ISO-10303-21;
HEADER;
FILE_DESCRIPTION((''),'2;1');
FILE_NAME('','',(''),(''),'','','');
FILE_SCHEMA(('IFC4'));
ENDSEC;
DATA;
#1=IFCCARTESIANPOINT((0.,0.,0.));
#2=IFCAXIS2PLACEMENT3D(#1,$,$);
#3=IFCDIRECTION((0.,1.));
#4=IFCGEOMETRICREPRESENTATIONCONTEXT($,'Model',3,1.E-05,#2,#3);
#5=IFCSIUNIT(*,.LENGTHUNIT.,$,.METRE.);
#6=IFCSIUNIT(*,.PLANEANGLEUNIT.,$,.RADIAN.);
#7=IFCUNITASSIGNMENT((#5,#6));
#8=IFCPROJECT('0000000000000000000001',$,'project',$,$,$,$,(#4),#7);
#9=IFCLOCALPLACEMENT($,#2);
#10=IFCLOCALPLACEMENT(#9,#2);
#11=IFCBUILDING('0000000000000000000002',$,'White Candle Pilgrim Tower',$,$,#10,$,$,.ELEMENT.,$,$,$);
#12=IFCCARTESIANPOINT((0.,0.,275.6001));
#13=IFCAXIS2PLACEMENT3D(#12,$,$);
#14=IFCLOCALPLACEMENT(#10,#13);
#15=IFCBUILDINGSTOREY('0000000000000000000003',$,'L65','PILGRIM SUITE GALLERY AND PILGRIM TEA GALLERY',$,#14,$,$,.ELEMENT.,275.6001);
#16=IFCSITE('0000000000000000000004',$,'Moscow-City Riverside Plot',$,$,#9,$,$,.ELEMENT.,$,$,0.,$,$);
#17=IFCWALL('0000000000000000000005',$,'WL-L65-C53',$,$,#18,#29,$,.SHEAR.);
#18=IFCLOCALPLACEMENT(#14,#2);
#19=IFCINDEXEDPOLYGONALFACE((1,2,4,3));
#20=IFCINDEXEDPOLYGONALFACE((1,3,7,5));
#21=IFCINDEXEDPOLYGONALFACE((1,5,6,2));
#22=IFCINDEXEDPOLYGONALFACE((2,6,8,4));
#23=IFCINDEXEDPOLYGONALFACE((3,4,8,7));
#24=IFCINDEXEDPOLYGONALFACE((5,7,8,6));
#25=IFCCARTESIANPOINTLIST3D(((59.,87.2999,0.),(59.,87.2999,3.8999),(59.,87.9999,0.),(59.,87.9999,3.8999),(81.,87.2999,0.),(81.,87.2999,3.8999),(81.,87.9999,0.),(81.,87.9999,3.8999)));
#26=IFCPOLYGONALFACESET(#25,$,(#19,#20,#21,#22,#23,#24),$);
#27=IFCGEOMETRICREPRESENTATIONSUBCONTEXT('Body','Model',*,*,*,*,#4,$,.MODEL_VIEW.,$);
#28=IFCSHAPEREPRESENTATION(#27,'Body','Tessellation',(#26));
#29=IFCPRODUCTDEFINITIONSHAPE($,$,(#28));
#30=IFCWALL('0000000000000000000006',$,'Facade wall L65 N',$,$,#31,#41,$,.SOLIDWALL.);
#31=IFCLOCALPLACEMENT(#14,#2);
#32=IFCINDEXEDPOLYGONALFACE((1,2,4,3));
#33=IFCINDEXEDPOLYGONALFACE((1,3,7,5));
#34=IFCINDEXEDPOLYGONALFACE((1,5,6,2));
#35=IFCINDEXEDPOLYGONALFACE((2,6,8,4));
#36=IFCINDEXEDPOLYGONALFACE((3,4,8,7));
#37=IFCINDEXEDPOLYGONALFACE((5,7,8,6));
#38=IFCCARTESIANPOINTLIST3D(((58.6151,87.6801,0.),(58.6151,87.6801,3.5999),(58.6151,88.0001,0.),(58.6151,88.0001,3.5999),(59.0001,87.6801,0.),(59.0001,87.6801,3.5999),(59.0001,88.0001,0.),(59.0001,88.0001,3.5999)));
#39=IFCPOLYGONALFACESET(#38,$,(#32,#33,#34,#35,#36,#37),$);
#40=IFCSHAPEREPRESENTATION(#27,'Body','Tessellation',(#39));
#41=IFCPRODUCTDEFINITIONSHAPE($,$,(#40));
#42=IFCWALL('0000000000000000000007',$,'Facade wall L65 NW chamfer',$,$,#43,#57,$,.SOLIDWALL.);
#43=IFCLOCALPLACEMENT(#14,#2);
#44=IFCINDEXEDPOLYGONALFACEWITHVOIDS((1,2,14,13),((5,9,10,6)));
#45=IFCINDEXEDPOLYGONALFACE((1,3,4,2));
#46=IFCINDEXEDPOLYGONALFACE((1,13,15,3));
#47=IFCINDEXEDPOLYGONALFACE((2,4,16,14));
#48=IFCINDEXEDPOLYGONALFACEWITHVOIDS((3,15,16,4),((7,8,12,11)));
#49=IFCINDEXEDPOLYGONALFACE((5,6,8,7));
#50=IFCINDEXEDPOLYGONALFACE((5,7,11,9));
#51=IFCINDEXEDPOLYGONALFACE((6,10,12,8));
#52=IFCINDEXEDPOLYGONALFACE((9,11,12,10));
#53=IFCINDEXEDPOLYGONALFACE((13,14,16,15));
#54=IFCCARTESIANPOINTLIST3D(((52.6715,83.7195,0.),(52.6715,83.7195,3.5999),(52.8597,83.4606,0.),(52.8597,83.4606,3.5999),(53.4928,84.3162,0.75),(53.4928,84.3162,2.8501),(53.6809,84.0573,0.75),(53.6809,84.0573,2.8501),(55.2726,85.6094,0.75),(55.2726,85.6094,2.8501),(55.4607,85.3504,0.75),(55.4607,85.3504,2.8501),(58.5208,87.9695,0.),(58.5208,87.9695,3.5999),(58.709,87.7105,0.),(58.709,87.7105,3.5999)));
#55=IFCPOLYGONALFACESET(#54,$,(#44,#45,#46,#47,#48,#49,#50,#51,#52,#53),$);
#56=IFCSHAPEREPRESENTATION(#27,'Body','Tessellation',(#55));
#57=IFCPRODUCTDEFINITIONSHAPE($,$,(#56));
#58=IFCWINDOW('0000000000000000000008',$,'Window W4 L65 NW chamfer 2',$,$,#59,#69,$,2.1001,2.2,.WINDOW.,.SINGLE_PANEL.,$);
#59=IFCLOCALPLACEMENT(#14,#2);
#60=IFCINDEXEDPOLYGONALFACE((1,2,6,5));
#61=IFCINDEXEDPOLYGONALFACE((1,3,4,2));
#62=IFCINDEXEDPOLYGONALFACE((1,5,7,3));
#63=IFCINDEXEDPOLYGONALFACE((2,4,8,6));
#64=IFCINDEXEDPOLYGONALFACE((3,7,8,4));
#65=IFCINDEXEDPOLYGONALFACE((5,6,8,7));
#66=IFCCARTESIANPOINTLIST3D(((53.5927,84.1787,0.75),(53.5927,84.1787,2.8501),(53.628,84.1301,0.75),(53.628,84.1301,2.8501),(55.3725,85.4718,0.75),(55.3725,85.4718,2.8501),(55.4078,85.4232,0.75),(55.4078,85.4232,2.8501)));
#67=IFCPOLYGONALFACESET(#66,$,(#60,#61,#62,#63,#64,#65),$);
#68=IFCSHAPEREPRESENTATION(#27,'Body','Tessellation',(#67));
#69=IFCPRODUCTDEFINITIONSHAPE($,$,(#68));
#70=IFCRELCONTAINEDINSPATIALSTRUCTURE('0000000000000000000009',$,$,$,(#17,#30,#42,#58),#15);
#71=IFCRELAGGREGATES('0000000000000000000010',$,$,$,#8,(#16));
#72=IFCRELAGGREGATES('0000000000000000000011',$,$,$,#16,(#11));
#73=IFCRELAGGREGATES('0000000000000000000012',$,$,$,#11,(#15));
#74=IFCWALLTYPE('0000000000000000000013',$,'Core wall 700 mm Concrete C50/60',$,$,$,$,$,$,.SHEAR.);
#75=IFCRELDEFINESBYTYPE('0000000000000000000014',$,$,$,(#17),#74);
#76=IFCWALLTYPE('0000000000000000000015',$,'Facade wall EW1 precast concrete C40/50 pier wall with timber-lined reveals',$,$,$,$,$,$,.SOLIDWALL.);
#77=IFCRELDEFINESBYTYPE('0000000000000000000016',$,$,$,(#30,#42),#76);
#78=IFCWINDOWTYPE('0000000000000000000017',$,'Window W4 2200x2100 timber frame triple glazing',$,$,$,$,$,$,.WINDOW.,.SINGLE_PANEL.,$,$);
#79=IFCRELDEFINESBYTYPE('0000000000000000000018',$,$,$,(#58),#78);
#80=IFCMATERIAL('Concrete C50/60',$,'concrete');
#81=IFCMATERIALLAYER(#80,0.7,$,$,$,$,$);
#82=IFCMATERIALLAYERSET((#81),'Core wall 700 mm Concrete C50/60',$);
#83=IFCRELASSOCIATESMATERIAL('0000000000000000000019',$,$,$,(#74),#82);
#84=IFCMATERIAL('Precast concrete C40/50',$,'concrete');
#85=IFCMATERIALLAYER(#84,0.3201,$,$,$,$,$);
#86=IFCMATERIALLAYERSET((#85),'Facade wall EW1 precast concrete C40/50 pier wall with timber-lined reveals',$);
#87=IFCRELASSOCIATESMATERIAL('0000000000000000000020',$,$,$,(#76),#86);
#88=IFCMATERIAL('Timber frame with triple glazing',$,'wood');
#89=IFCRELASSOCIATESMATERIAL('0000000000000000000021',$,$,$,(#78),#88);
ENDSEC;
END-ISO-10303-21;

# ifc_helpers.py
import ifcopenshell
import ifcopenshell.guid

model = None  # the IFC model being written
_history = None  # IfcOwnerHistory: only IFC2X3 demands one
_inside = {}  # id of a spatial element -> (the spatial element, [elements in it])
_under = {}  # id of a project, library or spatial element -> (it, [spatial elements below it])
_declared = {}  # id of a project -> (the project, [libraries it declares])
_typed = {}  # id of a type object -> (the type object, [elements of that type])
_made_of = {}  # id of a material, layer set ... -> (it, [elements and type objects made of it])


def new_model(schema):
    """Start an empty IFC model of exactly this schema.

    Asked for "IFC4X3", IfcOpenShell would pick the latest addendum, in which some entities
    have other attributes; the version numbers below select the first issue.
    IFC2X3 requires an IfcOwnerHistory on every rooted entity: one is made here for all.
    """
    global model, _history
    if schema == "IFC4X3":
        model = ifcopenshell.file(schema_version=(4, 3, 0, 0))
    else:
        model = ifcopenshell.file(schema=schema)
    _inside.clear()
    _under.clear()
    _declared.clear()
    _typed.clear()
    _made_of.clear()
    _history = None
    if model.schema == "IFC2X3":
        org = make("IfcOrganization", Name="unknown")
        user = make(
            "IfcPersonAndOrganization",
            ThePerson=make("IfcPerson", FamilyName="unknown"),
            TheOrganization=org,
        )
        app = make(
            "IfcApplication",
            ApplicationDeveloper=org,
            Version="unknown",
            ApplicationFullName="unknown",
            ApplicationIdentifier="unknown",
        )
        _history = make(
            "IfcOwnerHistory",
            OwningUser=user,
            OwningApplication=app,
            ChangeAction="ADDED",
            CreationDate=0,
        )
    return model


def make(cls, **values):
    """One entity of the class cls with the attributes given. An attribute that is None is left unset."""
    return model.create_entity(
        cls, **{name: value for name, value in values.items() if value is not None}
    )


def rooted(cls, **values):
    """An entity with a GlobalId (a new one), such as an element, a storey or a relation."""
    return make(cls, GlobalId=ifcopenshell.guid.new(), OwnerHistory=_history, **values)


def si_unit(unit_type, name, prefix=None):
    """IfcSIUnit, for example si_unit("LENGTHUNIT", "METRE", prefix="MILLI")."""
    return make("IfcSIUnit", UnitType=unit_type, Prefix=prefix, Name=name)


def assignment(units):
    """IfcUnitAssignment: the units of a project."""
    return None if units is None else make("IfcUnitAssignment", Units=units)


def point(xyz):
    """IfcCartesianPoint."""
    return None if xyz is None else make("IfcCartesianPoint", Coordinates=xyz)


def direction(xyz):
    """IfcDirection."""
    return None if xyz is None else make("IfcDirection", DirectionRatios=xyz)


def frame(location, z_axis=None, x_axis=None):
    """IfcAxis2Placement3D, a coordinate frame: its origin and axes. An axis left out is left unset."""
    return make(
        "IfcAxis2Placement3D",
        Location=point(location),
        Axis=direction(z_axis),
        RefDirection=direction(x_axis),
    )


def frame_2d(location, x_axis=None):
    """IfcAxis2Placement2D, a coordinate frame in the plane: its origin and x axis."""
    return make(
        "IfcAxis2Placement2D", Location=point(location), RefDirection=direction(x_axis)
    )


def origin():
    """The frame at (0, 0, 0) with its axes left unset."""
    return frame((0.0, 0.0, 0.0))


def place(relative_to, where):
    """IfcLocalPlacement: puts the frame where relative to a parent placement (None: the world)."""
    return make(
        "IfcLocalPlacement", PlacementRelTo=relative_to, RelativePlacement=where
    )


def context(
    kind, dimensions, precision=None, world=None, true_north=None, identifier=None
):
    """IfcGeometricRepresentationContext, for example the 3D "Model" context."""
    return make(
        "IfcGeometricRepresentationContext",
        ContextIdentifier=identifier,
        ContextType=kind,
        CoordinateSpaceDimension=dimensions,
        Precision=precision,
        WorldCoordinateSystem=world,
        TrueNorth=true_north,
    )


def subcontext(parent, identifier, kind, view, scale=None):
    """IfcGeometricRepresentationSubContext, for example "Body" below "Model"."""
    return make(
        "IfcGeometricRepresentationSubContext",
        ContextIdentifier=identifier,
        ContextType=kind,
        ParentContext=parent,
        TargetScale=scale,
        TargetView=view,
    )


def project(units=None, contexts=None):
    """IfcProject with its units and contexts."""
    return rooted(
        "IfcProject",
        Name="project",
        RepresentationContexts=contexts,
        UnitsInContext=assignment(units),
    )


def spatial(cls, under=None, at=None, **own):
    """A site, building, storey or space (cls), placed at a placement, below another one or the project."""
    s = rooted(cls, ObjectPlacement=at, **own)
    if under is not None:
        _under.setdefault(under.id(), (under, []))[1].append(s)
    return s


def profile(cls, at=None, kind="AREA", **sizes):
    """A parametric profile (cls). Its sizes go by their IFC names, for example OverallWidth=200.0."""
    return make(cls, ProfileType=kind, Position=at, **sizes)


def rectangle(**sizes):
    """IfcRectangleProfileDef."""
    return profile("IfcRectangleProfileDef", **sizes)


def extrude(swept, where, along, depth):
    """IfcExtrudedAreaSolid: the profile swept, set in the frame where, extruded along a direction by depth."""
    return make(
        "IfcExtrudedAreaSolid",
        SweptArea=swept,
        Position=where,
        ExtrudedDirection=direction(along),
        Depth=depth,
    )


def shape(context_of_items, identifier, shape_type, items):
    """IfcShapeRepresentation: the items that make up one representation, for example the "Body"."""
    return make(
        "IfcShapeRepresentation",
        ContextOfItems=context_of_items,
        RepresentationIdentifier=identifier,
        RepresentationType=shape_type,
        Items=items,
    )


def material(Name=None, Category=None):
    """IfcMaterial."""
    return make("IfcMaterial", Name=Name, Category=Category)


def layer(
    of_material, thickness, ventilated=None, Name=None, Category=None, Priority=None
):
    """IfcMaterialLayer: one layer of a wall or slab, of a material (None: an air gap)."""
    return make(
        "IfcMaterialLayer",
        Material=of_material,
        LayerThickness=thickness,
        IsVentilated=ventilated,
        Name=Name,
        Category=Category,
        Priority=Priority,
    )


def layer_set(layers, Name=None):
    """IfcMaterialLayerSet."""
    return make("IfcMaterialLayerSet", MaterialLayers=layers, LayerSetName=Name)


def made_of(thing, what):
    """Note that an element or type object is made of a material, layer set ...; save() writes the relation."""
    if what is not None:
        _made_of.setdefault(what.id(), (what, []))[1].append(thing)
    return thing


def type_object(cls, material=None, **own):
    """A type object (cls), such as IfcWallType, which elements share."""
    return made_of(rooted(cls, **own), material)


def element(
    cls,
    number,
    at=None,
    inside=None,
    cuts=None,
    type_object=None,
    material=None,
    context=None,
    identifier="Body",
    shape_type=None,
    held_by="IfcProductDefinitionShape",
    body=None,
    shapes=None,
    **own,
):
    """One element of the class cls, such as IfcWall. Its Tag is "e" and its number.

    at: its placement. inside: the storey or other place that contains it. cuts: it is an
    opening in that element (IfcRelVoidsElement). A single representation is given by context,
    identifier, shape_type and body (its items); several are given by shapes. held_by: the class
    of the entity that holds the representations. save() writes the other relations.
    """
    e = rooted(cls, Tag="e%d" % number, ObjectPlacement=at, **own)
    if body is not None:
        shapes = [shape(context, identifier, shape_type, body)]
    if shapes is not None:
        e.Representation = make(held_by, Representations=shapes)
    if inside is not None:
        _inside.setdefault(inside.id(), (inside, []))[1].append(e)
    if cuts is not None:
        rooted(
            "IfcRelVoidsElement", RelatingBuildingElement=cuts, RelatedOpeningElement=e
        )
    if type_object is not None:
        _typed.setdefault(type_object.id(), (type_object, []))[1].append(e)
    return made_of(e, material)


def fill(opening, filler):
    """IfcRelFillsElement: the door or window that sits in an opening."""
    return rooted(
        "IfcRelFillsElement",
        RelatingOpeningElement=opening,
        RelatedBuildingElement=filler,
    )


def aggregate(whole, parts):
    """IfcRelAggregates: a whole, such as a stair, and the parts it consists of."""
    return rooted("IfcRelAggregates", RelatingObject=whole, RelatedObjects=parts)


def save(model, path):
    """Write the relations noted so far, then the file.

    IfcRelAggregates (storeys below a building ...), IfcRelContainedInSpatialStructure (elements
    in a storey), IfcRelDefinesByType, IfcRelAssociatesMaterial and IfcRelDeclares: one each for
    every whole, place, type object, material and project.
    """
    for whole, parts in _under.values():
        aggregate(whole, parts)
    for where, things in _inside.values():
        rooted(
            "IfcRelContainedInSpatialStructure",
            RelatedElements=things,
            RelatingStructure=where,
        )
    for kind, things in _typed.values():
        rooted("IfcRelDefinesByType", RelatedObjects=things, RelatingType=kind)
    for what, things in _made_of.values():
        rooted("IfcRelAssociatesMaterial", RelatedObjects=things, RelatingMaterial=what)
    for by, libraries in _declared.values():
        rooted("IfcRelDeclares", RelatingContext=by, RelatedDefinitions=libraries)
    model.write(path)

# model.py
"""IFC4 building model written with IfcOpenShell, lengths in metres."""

from ifc_helpers import new_model, si_unit, direction, frame, frame_2d, origin, place, context, subcontext, project, spatial, rectangle, extrude, material, layer, layer_set, type_object, element, fill, save


model = new_model("IFC4")

# Units and contexts
model_context = context("Model", 3, precision=1e-05, world=origin(), true_north=direction((0.0, 1.0)))
body_context = subcontext(model_context, "Body", "Model", "MODEL_VIEW")
ifc_project = project(units=[si_unit("LENGTHUNIT", "METRE"), si_unit("PLANEANGLEUNIT", "RADIAN")], contexts=[model_context])

# Site, building, storey
site_placement = place(None, origin())
site = spatial("IfcSite", under=ifc_project, at=site_placement, Name="Moscow-City Riverside Plot", CompositionType="ELEMENT", RefElevation=0.0)
building_placement = place(site_placement, origin())
building = spatial("IfcBuilding", under=site, at=building_placement, Name="White Candle Pilgrim Tower", CompositionType="ELEMENT")
storey_placement = place(building_placement, frame((0.0, 0.0, 275.6001)))
storey = spatial("IfcBuildingStorey", under=building, at=storey_placement, Name="L65", Description="PILGRIM SUITE GALLERY AND PILGRIM TEA GALLERY", CompositionType="ELEMENT", Elevation=275.6001)

# Shared definitions
ifc_material_1 = material(Name="Concrete C50/60", Category="concrete")

# Walls
ifc_layer_1 = layer(ifc_material_1, 0.7)
ifc_layer_set_1 = layer_set([ifc_layer_1], Name="Core wall 700 mm Concrete C50/60")
wall_type_1 = type_object("IfcWallType", Name="Core wall 700 mm Concrete C50/60", PredefinedType="SHEAR", material=ifc_layer_set_1)
wall_1_placement = place(storey_placement, frame((59.0, 87.6499, 0.0), z_axis=(0.0, 0.0, 1.0), x_axis=(1.0, 0.0, 0.0)))
element("IfcWall", 1, at=wall_1_placement, inside=storey, type_object=wall_type_1, Name="WL-L65-C53", PredefinedType="SHEAR", context=body_context, shape_type="SweptSolid", body=[
    extrude(rectangle(XDim=22.0, YDim=0.7, at=frame_2d((11.0, 0.0))), origin(), (0.0, 0.0, 1.0), 3.8999),
])
ifc_material_2 = material(Name="Precast concrete C40/50", Category="concrete")
ifc_layer_2 = layer(ifc_material_2, 0.3201)
ifc_layer_set_2 = layer_set([ifc_layer_2], Name="Facade wall EW1 precast concrete C40/50 pier wall with timber-lined reveals")
wall_type_2 = type_object("IfcWallType", Name="Facade wall EW1 precast concrete C40/50 pier wall with timber-lined reveals", PredefinedType="SOLIDWALL", material=ifc_layer_set_2)
wall_2_placement = place(storey_placement, frame((59.0, 87.8401, 0.0), z_axis=(0.0, 0.0, 1.0), x_axis=(-1.0, 0.0, 0.0)))
element("IfcWall", 2, at=wall_2_placement, inside=storey, type_object=wall_type_2, Name="Facade wall L65 N", PredefinedType="SOLIDWALL", context=body_context, shape_type="SweptSolid", body=[
    extrude(rectangle(XDim=0.385, YDim=0.3201, at=frame_2d((0.1924, 0.0))), origin(), (0.0, 0.0, 1.0), 3.5999),
])

# Wall, opening, window
wall_3_placement = place(storey_placement, frame((58.615, 87.8401, 0.0), z_axis=(0.0, 0.0, 1.0), x_axis=(-0.809005, -0.587802, 0.0)))
wall_3 = element("IfcWall", 3, at=wall_3_placement, inside=storey, type_object=wall_type_2, Name="Facade wall L65 NW chamfer", PredefinedType="SOLIDWALL", context=body_context, shape_type="SweptSolid", body=[
    extrude(rectangle(XDim=7.2302, YDim=0.3201, at=frame_2d((3.6152, 0.0))), origin(), (0.0, 0.0, 1.0), 3.5999),
])
opening_1_placement = place(wall_3_placement, frame((4.0151, 0.0, 0.75)))
opening_1 = element("IfcOpeningElement", 4, at=opening_1_placement, cuts=wall_3, PredefinedType="OPENING", context=body_context, shape_type="SweptSolid", body=[
    extrude(rectangle(XDim=2.2, YDim=2.1001, at=frame_2d((1.1001, 1.05))), frame((0.0, 0.1699, 0.0), z_axis=(0.0, -1.0, 0.0), x_axis=(1.0, 0.0, 0.0)), (0.0, 0.0, 1.0), 0.3401),
])
ifc_material_3 = material(Name="Timber frame with triple glazing", Category="wood")
window_type_1 = type_object("IfcWindowType", Name="Window W4 2200x2100 timber frame triple glazing", PartitioningType="SINGLE_PANEL", PredefinedType="WINDOW", material=ifc_material_3)
window_1_placement = place(opening_1_placement, origin())
window_1 = element("IfcWindow", 5, at=window_1_placement, inside=storey, type_object=window_type_1, Name="Window W4 L65 NW chamfer 2", OverallHeight=2.1001, OverallWidth=2.2, PartitioningType="SINGLE_PANEL", PredefinedType="WINDOW", context=body_context, shape_type="SweptSolid", body=[
    extrude(rectangle(XDim=2.2, YDim=2.1001, at=frame_2d((1.1001, 1.05))), frame((0.0, 0.0701, 0.0), z_axis=(0.0, -1.0, 0.0), x_axis=(1.0, 0.0, 0.0)), (0.0, 0.0, 1.0), 0.0601),
])
fill(opening_1, window_1)

save(model, "model.ifc")
